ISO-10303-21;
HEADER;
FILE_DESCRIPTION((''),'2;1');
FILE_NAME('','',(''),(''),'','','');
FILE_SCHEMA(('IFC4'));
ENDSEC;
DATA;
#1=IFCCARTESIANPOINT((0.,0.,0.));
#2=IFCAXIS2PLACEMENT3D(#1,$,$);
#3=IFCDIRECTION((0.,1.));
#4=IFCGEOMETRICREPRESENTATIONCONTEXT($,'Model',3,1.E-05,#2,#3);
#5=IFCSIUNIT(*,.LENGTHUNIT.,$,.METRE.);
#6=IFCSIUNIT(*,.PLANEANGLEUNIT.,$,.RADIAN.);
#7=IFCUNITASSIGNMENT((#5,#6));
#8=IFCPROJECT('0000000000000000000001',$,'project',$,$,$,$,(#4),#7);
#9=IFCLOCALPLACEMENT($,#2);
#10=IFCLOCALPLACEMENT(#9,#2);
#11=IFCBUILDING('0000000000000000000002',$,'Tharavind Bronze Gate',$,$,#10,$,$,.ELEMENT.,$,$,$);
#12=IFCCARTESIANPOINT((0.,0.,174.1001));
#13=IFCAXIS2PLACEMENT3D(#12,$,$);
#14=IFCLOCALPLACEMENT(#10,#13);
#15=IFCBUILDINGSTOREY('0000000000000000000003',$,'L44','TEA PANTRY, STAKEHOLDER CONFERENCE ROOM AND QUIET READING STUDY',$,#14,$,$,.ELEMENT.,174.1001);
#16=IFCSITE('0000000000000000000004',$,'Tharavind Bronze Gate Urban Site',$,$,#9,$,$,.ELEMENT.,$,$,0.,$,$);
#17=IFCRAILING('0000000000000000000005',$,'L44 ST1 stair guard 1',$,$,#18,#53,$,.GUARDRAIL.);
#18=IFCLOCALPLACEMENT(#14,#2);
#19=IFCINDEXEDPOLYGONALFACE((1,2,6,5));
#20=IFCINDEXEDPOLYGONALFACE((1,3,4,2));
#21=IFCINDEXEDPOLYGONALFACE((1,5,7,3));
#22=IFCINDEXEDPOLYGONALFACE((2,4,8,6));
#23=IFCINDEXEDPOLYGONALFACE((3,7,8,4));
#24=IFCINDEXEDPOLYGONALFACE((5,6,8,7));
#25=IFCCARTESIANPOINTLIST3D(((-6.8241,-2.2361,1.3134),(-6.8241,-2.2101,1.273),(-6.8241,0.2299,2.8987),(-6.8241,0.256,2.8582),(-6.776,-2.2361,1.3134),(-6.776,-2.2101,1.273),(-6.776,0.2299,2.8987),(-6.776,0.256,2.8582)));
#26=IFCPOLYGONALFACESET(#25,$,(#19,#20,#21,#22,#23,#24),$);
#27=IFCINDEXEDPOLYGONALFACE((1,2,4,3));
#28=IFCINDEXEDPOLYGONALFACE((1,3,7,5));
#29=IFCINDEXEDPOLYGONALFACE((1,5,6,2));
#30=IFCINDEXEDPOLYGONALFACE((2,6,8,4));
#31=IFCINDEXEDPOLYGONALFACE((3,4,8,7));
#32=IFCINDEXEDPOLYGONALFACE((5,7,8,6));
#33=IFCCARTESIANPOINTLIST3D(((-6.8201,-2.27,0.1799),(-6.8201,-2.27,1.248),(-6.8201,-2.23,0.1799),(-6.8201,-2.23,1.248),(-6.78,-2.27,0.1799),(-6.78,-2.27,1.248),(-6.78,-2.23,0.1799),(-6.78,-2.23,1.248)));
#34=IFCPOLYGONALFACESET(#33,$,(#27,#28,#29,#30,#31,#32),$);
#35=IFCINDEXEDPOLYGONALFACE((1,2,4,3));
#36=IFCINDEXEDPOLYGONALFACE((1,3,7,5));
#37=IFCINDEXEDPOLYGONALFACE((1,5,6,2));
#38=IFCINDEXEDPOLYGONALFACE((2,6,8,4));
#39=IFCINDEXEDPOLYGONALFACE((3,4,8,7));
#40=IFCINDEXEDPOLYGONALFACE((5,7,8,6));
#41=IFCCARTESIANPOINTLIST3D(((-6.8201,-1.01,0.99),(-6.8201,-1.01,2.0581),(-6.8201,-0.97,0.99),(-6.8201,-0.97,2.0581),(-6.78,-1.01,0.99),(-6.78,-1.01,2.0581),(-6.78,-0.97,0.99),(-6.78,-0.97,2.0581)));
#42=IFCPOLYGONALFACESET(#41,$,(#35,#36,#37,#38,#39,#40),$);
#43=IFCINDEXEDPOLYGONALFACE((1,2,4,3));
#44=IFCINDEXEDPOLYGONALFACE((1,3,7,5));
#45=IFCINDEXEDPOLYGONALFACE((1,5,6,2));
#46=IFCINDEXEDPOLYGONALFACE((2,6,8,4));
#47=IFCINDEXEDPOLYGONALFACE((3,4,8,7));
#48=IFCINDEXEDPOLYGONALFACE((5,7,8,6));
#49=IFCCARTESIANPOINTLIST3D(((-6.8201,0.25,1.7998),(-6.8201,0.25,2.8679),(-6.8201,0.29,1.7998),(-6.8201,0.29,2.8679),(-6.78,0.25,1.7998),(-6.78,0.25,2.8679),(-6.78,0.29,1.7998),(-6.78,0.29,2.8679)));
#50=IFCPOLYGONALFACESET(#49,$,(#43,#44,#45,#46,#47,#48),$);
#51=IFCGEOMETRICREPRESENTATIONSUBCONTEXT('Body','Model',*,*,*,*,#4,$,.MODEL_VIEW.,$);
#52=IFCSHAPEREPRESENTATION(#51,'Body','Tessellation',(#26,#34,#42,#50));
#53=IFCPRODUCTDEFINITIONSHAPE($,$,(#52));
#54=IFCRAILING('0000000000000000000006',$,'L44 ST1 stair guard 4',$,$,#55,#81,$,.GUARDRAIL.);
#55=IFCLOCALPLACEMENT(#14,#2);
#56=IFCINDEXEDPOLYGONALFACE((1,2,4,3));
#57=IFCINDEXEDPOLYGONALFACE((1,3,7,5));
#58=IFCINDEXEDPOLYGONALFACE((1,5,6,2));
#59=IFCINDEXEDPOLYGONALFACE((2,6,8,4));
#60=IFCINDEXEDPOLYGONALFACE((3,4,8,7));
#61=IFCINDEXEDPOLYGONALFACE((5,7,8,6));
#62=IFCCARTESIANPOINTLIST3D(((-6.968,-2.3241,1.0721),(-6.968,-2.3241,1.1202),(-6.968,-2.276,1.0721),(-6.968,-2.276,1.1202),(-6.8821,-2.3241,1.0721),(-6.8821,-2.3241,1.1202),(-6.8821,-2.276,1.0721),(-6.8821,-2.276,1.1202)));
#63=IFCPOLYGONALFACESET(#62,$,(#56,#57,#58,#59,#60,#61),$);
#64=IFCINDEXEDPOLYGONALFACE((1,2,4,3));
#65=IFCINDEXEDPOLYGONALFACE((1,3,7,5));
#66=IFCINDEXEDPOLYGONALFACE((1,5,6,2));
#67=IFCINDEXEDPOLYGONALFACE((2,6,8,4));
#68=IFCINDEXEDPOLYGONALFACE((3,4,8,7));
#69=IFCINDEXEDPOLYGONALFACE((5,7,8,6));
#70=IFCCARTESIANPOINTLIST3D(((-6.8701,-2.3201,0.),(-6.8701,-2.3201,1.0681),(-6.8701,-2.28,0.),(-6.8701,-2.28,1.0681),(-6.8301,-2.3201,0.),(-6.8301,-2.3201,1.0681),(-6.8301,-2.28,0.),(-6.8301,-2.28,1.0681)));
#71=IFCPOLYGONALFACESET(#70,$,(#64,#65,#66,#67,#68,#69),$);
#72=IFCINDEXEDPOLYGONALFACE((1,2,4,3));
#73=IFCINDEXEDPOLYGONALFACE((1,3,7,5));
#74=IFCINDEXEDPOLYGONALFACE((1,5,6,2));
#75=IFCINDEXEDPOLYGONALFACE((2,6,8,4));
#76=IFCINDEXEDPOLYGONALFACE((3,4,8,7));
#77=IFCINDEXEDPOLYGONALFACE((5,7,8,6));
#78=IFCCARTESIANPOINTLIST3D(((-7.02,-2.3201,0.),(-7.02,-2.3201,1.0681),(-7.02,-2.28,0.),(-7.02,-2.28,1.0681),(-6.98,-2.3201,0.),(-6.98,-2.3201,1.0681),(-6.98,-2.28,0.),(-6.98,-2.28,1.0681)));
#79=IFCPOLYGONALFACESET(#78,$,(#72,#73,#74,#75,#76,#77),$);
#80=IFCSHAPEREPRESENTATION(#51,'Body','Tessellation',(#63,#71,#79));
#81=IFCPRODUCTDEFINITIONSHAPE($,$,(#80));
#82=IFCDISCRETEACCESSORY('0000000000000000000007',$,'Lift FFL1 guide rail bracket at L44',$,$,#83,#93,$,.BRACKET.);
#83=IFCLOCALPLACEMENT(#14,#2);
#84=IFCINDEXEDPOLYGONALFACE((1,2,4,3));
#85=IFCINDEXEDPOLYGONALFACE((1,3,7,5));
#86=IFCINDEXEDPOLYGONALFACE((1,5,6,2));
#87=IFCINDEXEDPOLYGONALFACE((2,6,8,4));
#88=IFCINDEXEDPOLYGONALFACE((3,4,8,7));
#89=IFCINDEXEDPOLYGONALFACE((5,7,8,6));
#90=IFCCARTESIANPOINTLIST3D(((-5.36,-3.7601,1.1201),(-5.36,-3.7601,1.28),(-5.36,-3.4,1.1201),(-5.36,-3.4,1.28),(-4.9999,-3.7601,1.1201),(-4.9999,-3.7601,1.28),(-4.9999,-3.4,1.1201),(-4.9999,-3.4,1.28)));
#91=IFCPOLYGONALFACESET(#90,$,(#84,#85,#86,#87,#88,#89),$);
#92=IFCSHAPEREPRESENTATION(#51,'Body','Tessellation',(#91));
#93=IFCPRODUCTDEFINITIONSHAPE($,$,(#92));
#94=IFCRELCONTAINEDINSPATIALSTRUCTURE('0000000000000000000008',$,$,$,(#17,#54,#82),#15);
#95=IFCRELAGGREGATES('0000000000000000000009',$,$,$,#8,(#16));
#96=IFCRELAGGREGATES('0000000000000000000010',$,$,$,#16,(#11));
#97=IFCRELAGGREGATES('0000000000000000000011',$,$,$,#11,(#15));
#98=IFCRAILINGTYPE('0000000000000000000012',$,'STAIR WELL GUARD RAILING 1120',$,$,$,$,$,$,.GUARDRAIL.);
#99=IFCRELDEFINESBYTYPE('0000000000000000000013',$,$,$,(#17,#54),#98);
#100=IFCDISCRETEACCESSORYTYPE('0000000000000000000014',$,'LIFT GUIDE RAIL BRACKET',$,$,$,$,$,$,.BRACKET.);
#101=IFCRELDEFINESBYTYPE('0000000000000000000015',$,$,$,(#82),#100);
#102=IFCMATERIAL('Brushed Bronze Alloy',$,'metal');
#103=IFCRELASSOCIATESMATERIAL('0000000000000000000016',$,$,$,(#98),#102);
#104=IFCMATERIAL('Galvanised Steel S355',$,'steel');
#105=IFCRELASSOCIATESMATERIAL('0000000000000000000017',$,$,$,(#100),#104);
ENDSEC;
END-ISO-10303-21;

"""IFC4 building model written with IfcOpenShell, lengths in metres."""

from ifc_helpers import new_model, si_unit, direction, frame, origin, origin_2d, place, context, subcontext, project, spatial, rectangle, extrude, material, type_object, element, save


model = new_model("IFC4")

# Units and contexts
model_context = context("Model", 3, precision=1e-05, world=origin(), true_north=direction((0.0, 1.0)))
body_context = subcontext(model_context, "Body", "Model", "MODEL_VIEW")
ifc_project = project(units=[si_unit("LENGTHUNIT", "METRE"), si_unit("PLANEANGLEUNIT", "RADIAN")], contexts=[model_context])

# Site, building, storey
site_placement = place(None, origin())
site = spatial("IfcSite", under=ifc_project, at=site_placement, Name="Tharavind Bronze Gate Urban Site", CompositionType="ELEMENT", RefElevation=0.0)
building_placement = place(site_placement, origin())
building = spatial("IfcBuilding", under=site, at=building_placement, Name="Tharavind Bronze Gate", CompositionType="ELEMENT")
storey_placement = place(building_placement, frame((0.0, 0.0, 174.1001)))
storey = spatial("IfcBuildingStorey", under=building, at=storey_placement, Name="L44", Description="TEA PANTRY, STAKEHOLDER CONFERENCE ROOM AND QUIET READING STUDY", CompositionType="ELEMENT", Elevation=174.1001)

# Railings
ifc_material_1 = material(Name="Brushed Bronze Alloy", Category="metal")
railing_type_1 = type_object("IfcRailingType", Name="STAIR WELL GUARD RAILING 1120", PredefinedType="GUARDRAIL", material=ifc_material_1)
railing_1_placement = place(storey_placement, frame((-6.8, -2.25, 0.1799)))
element("IfcRailing", 1, at=railing_1_placement, inside=storey, type_object=railing_type_1, Name="L44 ST1 stair guard 1", PredefinedType="GUARDRAIL", context=body_context, shape_type="SweptSolid", body=[
    extrude(rectangle(XDim=0.0481, YDim=0.0481, at=origin_2d()), frame((0.0, 0.0269, 1.1133), z_axis=(0.0, 0.8412, 0.540725), x_axis=(-1.0, 0.0, 0.0)), (0.0, 0.0, 1.0), 2.9316),
    extrude(rectangle(XDim=0.04, YDim=0.04, at=origin_2d()), origin(), (0.0, 0.0, 1.0), 1.0681),
    extrude(rectangle(XDim=0.04, YDim=0.04, at=origin_2d()), frame((0.0, 1.26, 0.8101)), (0.0, 0.0, 1.0), 1.0681),
    extrude(rectangle(XDim=0.04, YDim=0.04, at=origin_2d()), frame((0.0, 2.52, 1.6199)), (0.0, 0.0, 1.0), 1.0681),
])
railing_2_placement = place(storey_placement, frame((-6.8501, -2.3, 0.0)))
element("IfcRailing", 2, at=railing_2_placement, inside=storey, type_object=railing_type_1, Name="L44 ST1 stair guard 4", PredefinedType="GUARDRAIL", context=body_context, shape_type="SweptSolid", body=[
    extrude(rectangle(XDim=0.0481, YDim=0.0481, at=origin_2d()), frame((-0.032, 0.0, 1.0962), z_axis=(-1.0, 0.0, 0.0), x_axis=(0.0, -1.0, 0.0)), (0.0, 0.0, 1.0), 0.0859),
    extrude(rectangle(XDim=0.04, YDim=0.04, at=origin_2d()), origin(), (0.0, 0.0, 1.0), 1.0681),
    extrude(rectangle(XDim=0.04, YDim=0.04, at=origin_2d()), frame((-0.1499, 0.0, 0.0)), (0.0, 0.0, 1.0), 1.0681),
])

# Discrete accessory
ifc_material_2 = material(Name="Galvanised Steel S355", Category="steel")
discrete_accessory_type = type_object("IfcDiscreteAccessoryType", Name="LIFT GUIDE RAIL BRACKET", PredefinedType="BRACKET", material=ifc_material_2)
discrete_accessory_placement = place(storey_placement, frame((-5.1799, -3.5801, 1.1201), z_axis=(0.0, 0.0, 1.0), x_axis=(1.0, 0.0, 0.0)))
element("IfcDiscreteAccessory", 3, at=discrete_accessory_placement, inside=storey, type_object=discrete_accessory_type, Name="Lift FFL1 guide rail bracket at L44", PredefinedType="BRACKET", context=body_context, shape_type="SweptSolid", body=[
    extrude(rectangle(XDim=0.3601, YDim=0.3601, at=origin_2d()), origin(), (0.0, 0.0, 1.0), 0.1599),
])

save(model, "model.ifc")
